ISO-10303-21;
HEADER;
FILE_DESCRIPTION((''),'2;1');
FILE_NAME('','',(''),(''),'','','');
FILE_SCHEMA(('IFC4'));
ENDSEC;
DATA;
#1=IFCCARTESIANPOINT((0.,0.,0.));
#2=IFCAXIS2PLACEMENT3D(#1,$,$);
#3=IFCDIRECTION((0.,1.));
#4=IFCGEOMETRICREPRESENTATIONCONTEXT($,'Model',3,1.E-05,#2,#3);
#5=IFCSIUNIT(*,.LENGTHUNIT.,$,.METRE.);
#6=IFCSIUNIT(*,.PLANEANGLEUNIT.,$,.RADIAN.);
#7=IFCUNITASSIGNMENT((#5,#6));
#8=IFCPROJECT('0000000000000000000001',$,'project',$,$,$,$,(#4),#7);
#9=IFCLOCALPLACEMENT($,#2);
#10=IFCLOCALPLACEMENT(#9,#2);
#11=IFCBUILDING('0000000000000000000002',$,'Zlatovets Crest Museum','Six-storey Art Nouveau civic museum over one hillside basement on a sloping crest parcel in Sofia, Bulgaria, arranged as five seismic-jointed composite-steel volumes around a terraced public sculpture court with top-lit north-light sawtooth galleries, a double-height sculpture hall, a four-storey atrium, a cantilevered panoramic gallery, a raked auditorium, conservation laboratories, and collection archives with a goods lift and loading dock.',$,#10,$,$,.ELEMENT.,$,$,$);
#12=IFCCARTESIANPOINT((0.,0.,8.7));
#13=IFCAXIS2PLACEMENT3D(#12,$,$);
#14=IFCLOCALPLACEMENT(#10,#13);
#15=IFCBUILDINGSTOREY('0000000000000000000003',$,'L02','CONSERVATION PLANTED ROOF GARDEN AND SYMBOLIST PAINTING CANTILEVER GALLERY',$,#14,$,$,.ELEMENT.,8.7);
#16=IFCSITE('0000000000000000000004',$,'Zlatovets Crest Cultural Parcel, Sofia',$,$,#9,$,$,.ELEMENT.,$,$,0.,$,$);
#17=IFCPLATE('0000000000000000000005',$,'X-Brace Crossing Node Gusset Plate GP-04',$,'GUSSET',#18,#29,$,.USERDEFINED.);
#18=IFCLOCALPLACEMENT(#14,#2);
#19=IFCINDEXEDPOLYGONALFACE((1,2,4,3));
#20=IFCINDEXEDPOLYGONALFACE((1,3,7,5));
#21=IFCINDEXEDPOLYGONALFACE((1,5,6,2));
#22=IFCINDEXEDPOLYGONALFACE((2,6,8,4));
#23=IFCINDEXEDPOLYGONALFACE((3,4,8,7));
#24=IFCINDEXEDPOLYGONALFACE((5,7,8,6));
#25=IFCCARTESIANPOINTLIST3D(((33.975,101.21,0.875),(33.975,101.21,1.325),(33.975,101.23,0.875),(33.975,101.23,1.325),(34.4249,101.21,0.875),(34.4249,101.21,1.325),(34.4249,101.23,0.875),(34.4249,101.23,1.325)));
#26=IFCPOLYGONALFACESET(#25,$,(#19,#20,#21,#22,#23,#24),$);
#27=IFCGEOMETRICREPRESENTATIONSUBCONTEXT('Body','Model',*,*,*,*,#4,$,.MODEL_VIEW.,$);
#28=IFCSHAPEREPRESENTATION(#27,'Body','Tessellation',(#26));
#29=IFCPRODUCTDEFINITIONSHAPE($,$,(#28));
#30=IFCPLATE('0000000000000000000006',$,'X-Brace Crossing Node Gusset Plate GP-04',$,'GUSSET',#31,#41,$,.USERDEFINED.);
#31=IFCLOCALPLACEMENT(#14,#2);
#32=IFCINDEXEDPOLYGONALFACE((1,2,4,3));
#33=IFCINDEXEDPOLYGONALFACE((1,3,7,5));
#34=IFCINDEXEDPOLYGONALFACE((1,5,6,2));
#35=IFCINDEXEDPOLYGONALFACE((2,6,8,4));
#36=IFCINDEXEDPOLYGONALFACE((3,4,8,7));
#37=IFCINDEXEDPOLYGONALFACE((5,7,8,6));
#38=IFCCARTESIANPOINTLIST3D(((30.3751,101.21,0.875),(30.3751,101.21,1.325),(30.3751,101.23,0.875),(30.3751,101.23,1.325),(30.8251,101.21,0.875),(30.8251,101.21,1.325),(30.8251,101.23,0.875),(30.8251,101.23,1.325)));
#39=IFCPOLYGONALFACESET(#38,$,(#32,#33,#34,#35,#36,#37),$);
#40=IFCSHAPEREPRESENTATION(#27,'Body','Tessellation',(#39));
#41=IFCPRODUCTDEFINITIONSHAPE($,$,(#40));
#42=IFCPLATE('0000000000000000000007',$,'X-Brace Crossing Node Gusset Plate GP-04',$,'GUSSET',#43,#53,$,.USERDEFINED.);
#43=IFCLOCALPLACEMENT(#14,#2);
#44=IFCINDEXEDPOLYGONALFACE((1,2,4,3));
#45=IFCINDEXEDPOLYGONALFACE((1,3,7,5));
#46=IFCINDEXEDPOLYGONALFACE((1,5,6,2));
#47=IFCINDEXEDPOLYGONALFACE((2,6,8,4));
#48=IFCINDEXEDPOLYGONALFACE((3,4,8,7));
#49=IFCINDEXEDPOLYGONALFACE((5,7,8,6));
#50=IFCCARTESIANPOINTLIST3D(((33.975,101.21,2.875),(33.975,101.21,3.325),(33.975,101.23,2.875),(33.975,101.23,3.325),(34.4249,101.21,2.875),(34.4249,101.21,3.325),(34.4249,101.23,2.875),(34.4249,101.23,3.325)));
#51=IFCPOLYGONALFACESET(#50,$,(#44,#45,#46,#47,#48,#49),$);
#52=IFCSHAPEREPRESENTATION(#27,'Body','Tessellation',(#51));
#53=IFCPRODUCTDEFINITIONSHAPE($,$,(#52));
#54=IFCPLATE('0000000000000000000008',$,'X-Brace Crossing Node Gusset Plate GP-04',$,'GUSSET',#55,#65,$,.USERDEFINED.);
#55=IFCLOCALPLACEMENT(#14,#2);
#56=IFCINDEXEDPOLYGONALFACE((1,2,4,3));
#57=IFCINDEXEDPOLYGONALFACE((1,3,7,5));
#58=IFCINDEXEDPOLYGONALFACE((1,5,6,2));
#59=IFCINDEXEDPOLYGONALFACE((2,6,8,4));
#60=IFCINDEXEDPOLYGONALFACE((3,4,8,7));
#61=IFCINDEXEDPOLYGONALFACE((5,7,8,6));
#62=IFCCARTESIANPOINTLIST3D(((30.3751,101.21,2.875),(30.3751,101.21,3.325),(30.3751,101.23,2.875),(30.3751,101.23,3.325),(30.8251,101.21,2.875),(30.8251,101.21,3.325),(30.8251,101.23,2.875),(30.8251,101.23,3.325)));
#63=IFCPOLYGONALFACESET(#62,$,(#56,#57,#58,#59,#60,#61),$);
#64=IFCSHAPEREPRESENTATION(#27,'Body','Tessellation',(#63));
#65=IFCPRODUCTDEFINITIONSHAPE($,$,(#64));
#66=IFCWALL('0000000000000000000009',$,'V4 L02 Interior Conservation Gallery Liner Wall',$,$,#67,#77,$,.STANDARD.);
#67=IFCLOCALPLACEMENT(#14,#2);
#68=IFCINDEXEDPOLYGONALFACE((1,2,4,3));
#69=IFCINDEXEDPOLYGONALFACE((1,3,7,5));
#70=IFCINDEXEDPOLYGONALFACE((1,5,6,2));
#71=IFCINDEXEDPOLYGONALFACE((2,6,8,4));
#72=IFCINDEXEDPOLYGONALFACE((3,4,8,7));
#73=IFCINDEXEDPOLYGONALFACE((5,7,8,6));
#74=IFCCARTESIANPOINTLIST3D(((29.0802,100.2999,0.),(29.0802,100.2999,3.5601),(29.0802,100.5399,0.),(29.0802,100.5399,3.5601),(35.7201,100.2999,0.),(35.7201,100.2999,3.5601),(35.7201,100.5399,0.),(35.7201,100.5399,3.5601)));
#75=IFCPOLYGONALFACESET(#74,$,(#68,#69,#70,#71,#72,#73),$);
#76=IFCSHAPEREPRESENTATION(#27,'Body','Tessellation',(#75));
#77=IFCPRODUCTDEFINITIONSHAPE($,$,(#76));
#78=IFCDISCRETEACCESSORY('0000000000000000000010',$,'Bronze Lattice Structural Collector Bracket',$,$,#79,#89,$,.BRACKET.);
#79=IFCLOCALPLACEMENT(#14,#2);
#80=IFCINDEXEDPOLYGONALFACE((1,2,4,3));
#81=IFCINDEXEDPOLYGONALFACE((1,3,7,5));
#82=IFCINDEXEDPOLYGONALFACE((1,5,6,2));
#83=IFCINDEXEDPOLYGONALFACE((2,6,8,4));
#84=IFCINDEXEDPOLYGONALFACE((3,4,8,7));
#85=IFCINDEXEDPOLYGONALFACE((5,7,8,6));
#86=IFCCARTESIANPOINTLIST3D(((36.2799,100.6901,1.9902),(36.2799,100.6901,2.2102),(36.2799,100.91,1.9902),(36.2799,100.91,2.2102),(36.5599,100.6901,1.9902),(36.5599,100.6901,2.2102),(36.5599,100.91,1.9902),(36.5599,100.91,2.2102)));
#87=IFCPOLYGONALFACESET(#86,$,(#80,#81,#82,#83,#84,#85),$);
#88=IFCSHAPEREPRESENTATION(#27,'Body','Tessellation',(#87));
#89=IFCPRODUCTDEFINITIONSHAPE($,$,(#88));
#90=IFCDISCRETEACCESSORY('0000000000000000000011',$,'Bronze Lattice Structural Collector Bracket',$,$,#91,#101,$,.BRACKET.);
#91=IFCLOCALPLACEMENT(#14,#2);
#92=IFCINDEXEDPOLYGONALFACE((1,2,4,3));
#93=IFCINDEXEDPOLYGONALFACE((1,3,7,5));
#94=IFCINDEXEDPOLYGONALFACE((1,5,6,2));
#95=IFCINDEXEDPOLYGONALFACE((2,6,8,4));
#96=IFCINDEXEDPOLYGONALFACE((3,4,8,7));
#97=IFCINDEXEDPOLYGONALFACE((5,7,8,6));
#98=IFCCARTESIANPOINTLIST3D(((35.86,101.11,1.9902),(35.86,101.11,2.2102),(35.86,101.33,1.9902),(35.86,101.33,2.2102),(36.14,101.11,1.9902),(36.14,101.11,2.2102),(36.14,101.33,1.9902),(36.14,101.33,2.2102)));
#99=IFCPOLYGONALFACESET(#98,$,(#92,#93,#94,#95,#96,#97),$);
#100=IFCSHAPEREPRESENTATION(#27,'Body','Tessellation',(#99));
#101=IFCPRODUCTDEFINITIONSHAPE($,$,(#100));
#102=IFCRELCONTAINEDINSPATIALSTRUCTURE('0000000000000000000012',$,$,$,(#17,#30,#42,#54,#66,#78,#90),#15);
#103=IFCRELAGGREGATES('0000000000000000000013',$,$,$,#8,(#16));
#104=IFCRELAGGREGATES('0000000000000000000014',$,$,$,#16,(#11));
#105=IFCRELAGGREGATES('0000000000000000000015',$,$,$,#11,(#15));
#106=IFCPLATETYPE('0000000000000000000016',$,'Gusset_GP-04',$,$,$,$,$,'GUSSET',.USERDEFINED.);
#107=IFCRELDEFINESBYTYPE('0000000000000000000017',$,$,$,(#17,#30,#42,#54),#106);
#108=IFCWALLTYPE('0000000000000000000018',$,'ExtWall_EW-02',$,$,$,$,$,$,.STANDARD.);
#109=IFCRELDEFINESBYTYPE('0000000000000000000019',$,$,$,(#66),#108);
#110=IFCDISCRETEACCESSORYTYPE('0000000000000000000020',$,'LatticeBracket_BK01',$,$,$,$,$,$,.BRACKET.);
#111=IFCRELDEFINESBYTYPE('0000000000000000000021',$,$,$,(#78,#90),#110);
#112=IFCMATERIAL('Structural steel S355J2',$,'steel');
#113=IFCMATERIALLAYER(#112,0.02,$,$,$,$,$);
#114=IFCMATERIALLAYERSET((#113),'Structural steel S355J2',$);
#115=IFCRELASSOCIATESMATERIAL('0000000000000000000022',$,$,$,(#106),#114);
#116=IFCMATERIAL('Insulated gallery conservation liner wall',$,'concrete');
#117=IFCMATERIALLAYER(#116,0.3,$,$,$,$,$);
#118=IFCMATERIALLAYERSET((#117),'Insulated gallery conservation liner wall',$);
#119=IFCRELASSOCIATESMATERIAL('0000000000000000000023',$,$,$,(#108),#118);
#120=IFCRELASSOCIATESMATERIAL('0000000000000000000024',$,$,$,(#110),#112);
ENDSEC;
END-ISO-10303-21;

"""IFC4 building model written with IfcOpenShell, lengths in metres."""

from ifc_helpers import new_model, si_unit, direction, frame, frame_2d, origin, origin_2d, place, context, subcontext, project, spatial, rectangle, extrude, material, layer, layer_set, type_object, element, save


model = new_model("IFC4")

# Units and contexts
model_context = context("Model", 3, precision=1e-05, world=origin(), true_north=direction((0.0, 1.0)))
body_context = subcontext(model_context, "Body", "Model", "MODEL_VIEW")
ifc_project = project(units=[si_unit("LENGTHUNIT", "METRE"), si_unit("PLANEANGLEUNIT", "RADIAN")], contexts=[model_context])

# Site, building, storey
site_placement = place(None, origin())
site = spatial("IfcSite", under=ifc_project, at=site_placement, Name="Zlatovets Crest Cultural Parcel, Sofia", CompositionType="ELEMENT", RefElevation=0.0)
building_placement = place(site_placement, origin())
building = spatial("IfcBuilding", under=site, at=building_placement, Name="Zlatovets Crest Museum", Description="Six-storey Art Nouveau civic museum over one hillside basement on a sloping crest parcel in Sofia, Bulgaria, arranged as five seismic-jointed composite-steel volumes around a terraced public sculpture court with top-lit north-light sawtooth galleries, a double-height sculpture hall, a four-storey atrium, a cantilevered panoramic gallery, a raked auditorium, conservation laboratories, and collection archives with a goods lift and loading dock.", CompositionType="ELEMENT")
storey_placement = place(building_placement, frame((0.0, 0.0, 8.7)))
storey = spatial("IfcBuildingStorey", under=building, at=storey_placement, Name="L02", Description="CONSERVATION PLANTED ROOF GARDEN AND SYMBOLIST PAINTING CANTILEVER GALLERY", CompositionType="ELEMENT", Elevation=8.7)

# Shared definitions
ifc_material_1 = material(Name="Structural steel S355J2", Category="steel")

# Plates
ifc_layer_1 = layer(ifc_material_1, 0.02)
ifc_layer_set_1 = layer_set([ifc_layer_1], Name="Structural steel S355J2")
plate_type_1 = type_object("IfcPlateType", Name="Gusset_GP-04", ElementType="GUSSET", PredefinedType="USERDEFINED", material=ifc_layer_set_1)
for number, where, z_axis, x_axis, name in (
    (1, (34.2, 101.22, 0.875), (0.0, 0.0, 1.0), (1.0, 0.0, 0.0), "X-Brace Crossing Node Gusset Plate GP-04"),
    (2, (30.6001, 101.22, 0.875), (0.0, 0.0, 1.0), (1.0, 0.0, 0.0), "X-Brace Crossing Node Gusset Plate GP-04"),
    (3, (34.2, 101.22, 2.875), (0.0, 0.0, 1.0), (1.0, 0.0, 0.0), "X-Brace Crossing Node Gusset Plate GP-04"),
    (4, (30.6001, 101.22, 2.875), (0.0, 0.0, 1.0), (1.0, 0.0, 0.0), "X-Brace Crossing Node Gusset Plate GP-04"),
):
    element("IfcPlate", number, at=place(storey_placement, frame(where, z_axis=z_axis, x_axis=x_axis)), inside=storey, type_object=plate_type_1, Name=name, ObjectType="GUSSET", PredefinedType="USERDEFINED", context=body_context, shape_type="SweptSolid", body=[
        extrude(rectangle(XDim=0.45, YDim=0.02, at=origin_2d()), origin(), (0.0, 0.0, 1.0), 0.45),
    ])

# Wall
ifc_material_2 = material(Name="Insulated gallery conservation liner wall", Category="concrete")
ifc_layer_2 = layer(ifc_material_2, 0.3)
ifc_layer_set_2 = layer_set([ifc_layer_2], Name="Insulated gallery conservation liner wall")
wall_type = type_object("IfcWallType", Name="ExtWall_EW-02", PredefinedType="STANDARD", material=ifc_layer_set_2)
wall_placement = place(storey_placement, frame((35.72, 100.4199, 0.0), z_axis=(0.0, 0.0, 1.0), x_axis=(-1.0, 0.0, 0.0)))
element("IfcWall", 5, at=wall_placement, inside=storey, type_object=wall_type, Name="V4 L02 Interior Conservation Gallery Liner Wall", PredefinedType="STANDARD", context=body_context, shape_type="SweptSolid", body=[
    extrude(rectangle(XDim=6.6399, YDim=0.24, at=frame_2d((3.3198, 0.0))), origin(), (0.0, 0.0, 1.0), 3.5601),
])

# Discrete accessories
discrete_accessory_type = type_object("IfcDiscreteAccessoryType", Name="LatticeBracket_BK01", PredefinedType="BRACKET", material=ifc_material_1)
for number, where, z_axis, x_axis, name in (
    (6, (36.4199, 100.8, 1.9902), (0.0, 0.0, 1.0), (1.0, 0.0, 0.0), "Bronze Lattice Structural Collector Bracket"),
    (7, (36.0, 101.22, 1.9902), (0.0, 0.0, 1.0), (1.0, 0.0, 0.0), "Bronze Lattice Structural Collector Bracket"),
):
    element("IfcDiscreteAccessory", number, at=place(storey_placement, frame(where, z_axis=z_axis, x_axis=x_axis)), inside=storey, type_object=discrete_accessory_type, Name=name, PredefinedType="BRACKET", context=body_context, shape_type="SweptSolid", body=[
        extrude(rectangle(XDim=0.28, YDim=0.22, at=origin_2d()), origin(), (0.0, 0.0, 1.0), 0.22),
    ])

save(model, "model.ifc")
